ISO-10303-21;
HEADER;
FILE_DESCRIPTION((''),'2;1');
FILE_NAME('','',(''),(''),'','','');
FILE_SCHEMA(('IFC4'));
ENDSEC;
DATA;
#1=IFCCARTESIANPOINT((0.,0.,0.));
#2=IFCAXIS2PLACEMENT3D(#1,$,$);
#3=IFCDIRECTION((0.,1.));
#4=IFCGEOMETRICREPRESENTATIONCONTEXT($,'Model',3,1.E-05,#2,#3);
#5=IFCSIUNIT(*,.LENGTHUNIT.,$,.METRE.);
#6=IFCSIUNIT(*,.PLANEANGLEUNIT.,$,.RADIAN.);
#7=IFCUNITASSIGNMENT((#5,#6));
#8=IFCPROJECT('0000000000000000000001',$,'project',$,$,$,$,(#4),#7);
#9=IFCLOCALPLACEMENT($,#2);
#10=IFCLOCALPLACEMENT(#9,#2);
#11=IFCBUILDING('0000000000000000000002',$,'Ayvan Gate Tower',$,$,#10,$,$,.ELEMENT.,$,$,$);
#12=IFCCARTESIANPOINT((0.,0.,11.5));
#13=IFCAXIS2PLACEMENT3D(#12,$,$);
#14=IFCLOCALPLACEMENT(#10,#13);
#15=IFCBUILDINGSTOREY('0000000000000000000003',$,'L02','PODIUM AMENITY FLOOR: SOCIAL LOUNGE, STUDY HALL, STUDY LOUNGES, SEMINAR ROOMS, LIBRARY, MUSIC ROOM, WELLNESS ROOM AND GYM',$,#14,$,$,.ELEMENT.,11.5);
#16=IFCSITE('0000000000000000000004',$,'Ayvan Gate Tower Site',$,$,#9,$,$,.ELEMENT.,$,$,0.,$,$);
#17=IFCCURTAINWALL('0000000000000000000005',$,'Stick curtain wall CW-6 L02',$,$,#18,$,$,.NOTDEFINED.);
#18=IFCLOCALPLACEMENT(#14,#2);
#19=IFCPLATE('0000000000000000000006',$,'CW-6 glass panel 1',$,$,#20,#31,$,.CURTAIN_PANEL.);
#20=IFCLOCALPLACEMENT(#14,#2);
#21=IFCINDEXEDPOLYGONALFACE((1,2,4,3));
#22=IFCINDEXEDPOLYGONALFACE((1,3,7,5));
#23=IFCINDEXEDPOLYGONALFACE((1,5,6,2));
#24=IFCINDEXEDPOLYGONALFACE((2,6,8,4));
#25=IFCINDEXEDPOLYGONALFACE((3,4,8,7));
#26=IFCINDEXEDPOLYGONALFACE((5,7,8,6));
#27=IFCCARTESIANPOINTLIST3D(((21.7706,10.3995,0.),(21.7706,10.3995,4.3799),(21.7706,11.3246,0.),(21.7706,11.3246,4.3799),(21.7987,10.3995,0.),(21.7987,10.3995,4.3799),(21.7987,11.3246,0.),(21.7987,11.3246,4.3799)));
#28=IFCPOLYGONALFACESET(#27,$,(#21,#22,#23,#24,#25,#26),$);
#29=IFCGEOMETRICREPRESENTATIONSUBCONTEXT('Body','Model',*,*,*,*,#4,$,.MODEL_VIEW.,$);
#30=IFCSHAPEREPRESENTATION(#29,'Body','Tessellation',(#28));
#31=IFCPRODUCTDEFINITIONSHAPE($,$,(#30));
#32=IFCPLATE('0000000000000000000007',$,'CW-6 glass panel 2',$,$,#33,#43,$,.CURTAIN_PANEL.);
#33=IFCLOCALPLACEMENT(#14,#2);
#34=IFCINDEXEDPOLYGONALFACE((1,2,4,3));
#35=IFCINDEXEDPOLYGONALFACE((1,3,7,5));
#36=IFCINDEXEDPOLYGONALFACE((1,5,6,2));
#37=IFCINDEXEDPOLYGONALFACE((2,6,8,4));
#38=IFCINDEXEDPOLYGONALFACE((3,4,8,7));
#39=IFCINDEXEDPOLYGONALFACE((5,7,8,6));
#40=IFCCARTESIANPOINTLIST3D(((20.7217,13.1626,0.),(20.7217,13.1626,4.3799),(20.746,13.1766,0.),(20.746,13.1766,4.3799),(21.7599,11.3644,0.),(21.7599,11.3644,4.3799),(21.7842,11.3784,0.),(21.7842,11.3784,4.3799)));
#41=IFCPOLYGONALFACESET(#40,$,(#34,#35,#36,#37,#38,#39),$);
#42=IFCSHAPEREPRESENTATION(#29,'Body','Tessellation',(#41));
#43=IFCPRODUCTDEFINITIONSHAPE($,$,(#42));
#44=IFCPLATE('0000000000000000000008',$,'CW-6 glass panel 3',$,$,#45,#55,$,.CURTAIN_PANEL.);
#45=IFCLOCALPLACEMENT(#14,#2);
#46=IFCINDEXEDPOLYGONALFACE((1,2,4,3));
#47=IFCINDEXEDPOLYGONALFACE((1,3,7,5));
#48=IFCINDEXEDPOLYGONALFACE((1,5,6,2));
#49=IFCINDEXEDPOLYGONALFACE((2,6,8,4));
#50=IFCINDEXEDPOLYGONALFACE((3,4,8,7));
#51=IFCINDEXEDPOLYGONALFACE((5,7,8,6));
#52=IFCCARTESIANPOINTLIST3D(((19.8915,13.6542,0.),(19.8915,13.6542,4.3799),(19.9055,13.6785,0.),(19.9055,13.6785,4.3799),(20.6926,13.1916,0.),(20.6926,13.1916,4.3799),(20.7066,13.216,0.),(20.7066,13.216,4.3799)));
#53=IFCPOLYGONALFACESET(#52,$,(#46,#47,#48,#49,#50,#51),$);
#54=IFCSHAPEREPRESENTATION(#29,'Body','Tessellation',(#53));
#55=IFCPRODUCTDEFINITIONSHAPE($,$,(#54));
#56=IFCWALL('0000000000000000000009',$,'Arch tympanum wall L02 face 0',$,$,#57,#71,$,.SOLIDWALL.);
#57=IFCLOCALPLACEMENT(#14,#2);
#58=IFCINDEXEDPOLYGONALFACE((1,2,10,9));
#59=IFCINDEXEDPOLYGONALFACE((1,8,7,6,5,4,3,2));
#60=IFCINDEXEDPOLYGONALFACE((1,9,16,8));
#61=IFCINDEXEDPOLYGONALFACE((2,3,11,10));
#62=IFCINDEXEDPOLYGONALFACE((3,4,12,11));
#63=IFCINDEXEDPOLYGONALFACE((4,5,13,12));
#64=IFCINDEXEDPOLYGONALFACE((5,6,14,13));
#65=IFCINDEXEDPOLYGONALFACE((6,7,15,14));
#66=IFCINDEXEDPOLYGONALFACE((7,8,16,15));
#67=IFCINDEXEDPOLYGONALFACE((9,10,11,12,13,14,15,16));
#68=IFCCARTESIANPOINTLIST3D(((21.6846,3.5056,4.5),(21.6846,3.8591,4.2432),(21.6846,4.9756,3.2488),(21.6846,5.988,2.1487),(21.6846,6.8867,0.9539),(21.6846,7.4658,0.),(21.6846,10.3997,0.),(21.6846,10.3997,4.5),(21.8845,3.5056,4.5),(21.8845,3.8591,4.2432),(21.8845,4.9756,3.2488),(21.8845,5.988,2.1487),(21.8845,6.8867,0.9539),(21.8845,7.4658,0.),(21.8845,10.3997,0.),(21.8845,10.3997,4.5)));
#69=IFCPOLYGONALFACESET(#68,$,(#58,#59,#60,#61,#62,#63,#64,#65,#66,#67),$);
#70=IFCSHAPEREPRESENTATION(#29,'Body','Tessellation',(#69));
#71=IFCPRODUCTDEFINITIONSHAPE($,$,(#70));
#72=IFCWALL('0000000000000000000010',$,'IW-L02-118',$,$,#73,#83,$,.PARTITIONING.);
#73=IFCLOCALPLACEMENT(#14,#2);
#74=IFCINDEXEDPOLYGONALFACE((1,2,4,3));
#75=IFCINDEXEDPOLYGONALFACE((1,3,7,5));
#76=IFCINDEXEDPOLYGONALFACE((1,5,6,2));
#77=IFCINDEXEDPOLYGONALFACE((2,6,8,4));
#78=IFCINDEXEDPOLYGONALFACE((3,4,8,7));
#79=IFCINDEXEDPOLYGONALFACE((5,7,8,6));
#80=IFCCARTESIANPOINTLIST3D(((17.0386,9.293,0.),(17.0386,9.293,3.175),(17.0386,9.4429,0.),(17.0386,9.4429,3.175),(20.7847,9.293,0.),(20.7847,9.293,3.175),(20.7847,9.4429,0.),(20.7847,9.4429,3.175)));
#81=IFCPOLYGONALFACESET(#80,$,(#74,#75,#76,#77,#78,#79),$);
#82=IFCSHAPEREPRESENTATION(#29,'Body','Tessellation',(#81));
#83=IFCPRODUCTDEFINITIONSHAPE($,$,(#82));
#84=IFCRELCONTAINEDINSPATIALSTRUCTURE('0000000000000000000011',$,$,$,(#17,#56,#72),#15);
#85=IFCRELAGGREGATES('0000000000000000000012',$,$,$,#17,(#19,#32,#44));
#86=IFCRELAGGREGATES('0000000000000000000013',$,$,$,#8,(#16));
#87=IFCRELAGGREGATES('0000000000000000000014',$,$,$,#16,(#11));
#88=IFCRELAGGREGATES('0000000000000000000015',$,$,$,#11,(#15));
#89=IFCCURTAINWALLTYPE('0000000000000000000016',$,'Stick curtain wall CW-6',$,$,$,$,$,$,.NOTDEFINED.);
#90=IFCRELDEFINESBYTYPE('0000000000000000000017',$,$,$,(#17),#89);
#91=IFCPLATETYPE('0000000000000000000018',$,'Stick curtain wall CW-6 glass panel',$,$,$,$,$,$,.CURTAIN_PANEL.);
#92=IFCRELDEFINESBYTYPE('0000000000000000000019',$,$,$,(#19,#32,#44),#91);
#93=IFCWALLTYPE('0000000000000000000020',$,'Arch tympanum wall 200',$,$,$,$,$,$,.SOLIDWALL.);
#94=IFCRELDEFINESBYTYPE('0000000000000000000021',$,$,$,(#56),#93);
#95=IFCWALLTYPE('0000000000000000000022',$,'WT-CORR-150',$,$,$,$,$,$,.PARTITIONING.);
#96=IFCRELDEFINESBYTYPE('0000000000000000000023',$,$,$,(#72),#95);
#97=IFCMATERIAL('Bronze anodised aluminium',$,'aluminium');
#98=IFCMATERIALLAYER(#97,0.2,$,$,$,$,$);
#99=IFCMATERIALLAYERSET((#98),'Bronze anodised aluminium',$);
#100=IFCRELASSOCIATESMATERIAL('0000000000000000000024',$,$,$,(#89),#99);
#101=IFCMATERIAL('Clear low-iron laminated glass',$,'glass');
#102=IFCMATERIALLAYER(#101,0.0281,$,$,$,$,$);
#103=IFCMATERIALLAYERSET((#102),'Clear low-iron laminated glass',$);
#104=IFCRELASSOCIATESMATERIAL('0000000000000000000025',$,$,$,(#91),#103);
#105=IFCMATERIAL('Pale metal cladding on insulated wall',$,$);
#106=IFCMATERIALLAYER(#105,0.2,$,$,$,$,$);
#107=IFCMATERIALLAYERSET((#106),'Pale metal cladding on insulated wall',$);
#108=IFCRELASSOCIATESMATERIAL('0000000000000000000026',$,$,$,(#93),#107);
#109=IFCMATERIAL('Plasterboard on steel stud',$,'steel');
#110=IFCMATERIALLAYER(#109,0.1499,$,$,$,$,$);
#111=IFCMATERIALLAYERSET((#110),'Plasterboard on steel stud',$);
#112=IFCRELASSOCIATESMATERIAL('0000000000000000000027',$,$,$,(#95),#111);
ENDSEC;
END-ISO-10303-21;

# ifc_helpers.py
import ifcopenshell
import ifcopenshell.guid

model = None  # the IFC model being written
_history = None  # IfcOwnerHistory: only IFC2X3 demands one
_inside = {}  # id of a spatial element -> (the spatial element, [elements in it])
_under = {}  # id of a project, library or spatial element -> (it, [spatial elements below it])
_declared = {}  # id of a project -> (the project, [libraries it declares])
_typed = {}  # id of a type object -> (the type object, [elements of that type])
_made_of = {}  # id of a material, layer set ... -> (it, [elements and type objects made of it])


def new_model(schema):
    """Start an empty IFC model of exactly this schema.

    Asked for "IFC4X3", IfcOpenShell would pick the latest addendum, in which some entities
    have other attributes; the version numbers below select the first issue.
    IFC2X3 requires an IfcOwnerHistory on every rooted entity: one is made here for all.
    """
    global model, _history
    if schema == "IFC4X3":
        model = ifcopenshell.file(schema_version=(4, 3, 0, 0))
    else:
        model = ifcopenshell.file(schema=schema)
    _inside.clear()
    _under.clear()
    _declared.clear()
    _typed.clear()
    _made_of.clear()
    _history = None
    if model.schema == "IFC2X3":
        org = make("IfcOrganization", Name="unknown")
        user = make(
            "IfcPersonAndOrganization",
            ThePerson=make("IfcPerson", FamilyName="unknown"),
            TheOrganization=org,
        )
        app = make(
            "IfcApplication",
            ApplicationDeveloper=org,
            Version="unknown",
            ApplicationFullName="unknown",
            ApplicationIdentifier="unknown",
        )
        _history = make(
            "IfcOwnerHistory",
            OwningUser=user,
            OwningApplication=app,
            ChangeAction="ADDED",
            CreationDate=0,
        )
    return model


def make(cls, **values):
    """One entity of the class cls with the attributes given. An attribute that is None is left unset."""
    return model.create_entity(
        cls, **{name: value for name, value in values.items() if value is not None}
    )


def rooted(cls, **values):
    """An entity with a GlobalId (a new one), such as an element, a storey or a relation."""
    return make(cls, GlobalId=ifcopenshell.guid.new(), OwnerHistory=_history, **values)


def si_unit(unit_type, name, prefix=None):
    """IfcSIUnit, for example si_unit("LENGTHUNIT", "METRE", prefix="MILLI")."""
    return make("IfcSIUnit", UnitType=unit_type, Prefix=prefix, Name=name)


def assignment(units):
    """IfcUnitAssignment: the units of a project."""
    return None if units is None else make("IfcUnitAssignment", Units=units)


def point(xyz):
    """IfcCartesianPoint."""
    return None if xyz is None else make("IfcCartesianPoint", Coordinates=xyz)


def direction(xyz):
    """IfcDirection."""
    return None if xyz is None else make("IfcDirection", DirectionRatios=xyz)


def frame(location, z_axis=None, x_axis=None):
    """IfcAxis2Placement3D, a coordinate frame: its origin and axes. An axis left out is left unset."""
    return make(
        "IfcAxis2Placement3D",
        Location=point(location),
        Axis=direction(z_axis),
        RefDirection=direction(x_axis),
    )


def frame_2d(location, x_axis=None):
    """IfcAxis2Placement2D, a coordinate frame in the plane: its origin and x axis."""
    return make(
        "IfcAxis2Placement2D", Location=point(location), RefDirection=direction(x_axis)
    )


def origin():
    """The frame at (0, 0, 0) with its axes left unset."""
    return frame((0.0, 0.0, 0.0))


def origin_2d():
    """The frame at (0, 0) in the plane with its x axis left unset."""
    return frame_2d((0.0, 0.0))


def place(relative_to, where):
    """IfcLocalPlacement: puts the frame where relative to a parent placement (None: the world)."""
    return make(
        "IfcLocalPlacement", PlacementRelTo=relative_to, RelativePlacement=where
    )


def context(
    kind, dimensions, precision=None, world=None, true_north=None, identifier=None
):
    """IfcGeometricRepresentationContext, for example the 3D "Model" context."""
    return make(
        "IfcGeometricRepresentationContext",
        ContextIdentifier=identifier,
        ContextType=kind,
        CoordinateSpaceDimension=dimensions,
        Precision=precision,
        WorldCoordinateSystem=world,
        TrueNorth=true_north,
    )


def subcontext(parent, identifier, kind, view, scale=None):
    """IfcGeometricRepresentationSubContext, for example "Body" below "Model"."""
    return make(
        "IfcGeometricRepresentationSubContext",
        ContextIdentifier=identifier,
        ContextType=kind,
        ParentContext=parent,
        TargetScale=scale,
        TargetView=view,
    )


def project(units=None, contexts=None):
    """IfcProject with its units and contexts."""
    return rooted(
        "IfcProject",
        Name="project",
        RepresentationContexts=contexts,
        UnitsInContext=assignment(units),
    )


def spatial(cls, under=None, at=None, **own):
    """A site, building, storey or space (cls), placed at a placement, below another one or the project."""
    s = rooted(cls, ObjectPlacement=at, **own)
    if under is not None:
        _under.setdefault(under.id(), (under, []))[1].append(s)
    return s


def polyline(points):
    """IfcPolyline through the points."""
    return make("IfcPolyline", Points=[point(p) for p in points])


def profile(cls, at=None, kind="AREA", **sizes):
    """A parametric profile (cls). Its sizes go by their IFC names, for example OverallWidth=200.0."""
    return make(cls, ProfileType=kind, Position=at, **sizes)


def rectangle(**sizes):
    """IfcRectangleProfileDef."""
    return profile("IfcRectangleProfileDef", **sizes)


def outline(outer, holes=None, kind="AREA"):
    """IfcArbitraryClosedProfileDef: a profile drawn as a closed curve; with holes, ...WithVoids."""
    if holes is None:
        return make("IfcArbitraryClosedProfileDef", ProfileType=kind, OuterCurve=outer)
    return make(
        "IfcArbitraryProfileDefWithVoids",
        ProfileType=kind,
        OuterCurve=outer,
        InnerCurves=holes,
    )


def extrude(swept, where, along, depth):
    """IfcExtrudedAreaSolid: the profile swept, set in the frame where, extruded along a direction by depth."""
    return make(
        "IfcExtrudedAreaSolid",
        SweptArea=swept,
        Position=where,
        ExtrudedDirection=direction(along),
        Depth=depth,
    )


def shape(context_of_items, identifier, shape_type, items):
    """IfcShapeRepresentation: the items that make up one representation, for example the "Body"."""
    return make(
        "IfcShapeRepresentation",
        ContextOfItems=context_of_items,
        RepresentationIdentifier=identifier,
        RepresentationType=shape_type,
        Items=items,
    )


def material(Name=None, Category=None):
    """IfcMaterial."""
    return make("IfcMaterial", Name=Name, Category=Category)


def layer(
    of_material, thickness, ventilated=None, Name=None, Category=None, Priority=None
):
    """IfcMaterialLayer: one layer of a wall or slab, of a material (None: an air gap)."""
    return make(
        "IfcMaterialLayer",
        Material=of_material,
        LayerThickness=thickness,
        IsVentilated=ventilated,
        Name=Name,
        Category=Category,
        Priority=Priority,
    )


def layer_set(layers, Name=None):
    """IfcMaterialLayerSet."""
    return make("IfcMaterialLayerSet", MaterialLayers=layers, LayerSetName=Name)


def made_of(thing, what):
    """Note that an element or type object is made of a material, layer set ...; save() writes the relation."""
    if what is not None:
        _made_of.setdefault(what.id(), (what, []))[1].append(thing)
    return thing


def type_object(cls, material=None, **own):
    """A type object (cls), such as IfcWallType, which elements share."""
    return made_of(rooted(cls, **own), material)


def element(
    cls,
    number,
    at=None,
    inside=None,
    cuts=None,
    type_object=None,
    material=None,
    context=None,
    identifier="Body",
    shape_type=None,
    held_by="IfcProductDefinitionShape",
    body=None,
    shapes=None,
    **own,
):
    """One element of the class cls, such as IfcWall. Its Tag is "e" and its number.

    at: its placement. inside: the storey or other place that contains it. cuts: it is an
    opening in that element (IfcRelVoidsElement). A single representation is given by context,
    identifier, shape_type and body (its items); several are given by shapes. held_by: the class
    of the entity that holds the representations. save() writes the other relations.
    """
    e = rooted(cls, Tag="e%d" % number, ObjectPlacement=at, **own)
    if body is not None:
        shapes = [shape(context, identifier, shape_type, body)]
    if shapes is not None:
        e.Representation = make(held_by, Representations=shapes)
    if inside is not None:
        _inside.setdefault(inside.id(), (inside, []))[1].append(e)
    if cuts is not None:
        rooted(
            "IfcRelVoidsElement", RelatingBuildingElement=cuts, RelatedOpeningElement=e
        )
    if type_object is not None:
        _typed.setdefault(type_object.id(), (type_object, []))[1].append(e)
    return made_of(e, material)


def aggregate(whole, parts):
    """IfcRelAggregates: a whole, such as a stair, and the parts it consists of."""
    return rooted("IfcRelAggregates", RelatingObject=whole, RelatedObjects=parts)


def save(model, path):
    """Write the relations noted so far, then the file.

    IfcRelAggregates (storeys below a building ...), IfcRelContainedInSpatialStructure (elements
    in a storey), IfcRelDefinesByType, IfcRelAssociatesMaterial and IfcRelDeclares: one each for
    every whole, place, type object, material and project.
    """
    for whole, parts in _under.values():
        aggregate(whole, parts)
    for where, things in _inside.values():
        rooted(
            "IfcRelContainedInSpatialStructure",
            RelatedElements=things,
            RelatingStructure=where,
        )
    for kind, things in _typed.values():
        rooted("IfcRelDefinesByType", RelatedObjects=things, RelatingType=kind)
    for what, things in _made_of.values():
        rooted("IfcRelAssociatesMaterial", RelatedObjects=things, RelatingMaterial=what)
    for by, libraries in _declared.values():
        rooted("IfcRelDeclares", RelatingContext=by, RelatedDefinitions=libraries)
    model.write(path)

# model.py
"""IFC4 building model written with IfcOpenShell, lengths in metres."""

from ifc_helpers import new_model, si_unit, direction, frame, frame_2d, origin, origin_2d, place, context, subcontext, project, spatial, polyline, rectangle, outline, extrude, material, layer, layer_set, type_object, element, aggregate, save


model = new_model("IFC4")

# Units and contexts
model_context = context("Model", 3, precision=1e-05, world=origin(), true_north=direction((0.0, 1.0)))
body_context = subcontext(model_context, "Body", "Model", "MODEL_VIEW")
ifc_project = project(units=[si_unit("LENGTHUNIT", "METRE"), si_unit("PLANEANGLEUNIT", "RADIAN")], contexts=[model_context])

# Site, building, storey
site_placement = place(None, origin())
site = spatial("IfcSite", under=ifc_project, at=site_placement, Name="Ayvan Gate Tower Site", CompositionType="ELEMENT", RefElevation=0.0)
building_placement = place(site_placement, origin())
building = spatial("IfcBuilding", under=site, at=building_placement, Name="Ayvan Gate Tower", CompositionType="ELEMENT")
storey_placement = place(building_placement, frame((0.0, 0.0, 11.5)))
storey = spatial("IfcBuildingStorey", under=building, at=storey_placement, Name="L02", Description="PODIUM AMENITY FLOOR: SOCIAL LOUNGE, STUDY HALL, STUDY LOUNGES, SEMINAR ROOMS, LIBRARY, MUSIC ROOM, WELLNESS ROOM AND GYM", CompositionType="ELEMENT", Elevation=11.5)

# Shared definitions
ifc_material_1 = material(Name="Bronze anodised aluminium", Category="aluminium")

# Curtain wall, plates
ifc_layer_1 = layer(ifc_material_1, 0.2)
ifc_layer_set_1 = layer_set([ifc_layer_1], Name="Bronze anodised aluminium")
curtain_wall_type_1 = type_object("IfcCurtainWallType", Name="Stick curtain wall CW-6", PredefinedType="NOTDEFINED", material=ifc_layer_set_1)
curtain_wall_1_placement = place(storey_placement, origin())
curtain_wall_1 = element("IfcCurtainWall", 1, at=curtain_wall_1_placement, inside=storey, type_object=curtain_wall_type_1, Name="Stick curtain wall CW-6 L02", PredefinedType="NOTDEFINED")
ifc_material_2 = material(Name="Clear low-iron laminated glass", Category="glass")
ifc_layer_2 = layer(ifc_material_2, 0.0281)
ifc_layer_set_2 = layer_set([ifc_layer_2], Name="Clear low-iron laminated glass")
plate_type = type_object("IfcPlateType", Name="Stick curtain wall CW-6 glass panel", PredefinedType="CURTAIN_PANEL", material=ifc_layer_set_2)
plate_1_placement = place(storey_placement, frame((21.7847, 10.8621, 0.0), z_axis=(0.0, 0.0, 1.0), x_axis=(0.0, 1.0, 0.0)))
plate_1 = element("IfcPlate", 2, at=plate_1_placement, type_object=plate_type, Name="CW-6 glass panel 1", PredefinedType="CURTAIN_PANEL", context=body_context, shape_type="SweptSolid", body=[
    extrude(rectangle(XDim=0.925, YDim=0.0281, at=origin_2d()), origin(), (0.0, 0.0, 1.0), 4.3799),
])
plate_2_placement = place(storey_placement, frame((21.2529, 12.2705, 0.0), z_axis=(0.0, 0.0, 1.0), x_axis=(-0.5, 0.866025, 0.0)))
plate_2 = element("IfcPlate", 3, at=plate_2_placement, type_object=plate_type, Name="CW-6 glass panel 2", PredefinedType="CURTAIN_PANEL", context=body_context, shape_type="SweptSolid", body=[
    extrude(rectangle(XDim=2.0764, YDim=0.0281, at=origin_2d()), origin(), (0.0, 0.0, 1.0), 4.3799),
])
plate_3_placement = place(storey_placement, frame((20.2991, 13.4351, 0.0), z_axis=(0.0, 0.0, 1.0), x_axis=(-0.866025, 0.5, 0.0)))
plate_3 = element("IfcPlate", 4, at=plate_3_placement, type_object=plate_type, Name="CW-6 glass panel 3", PredefinedType="CURTAIN_PANEL", context=body_context, shape_type="SweptSolid", body=[
    extrude(rectangle(XDim=0.925, YDim=0.0281, at=origin_2d()), origin(), (0.0, 0.0, 1.0), 4.3799),
])
aggregate(curtain_wall_1, [plate_1, plate_2, plate_3])

# Walls
ifc_material_3 = material(Name="Pale metal cladding on insulated wall")
ifc_layer_3 = layer(ifc_material_3, 0.2)
ifc_layer_set_3 = layer_set([ifc_layer_3], Name="Pale metal cladding on insulated wall")
wall_type_1 = type_object("IfcWallType", Name="Arch tympanum wall 200", PredefinedType="SOLIDWALL", material=ifc_layer_set_3)
wall_1_placement = place(storey_placement, frame((21.6846, 10.3997, 0.0), z_axis=(-1.0, 0.0, 0.0), x_axis=(0.0, -1.0, 0.0)))
element("IfcWall", 5, at=wall_1_placement, inside=storey, type_object=wall_type_1, Name="Arch tympanum wall L02 face 0", PredefinedType="SOLIDWALL", context=body_context, shape_type="SweptSolid", body=[
    extrude(outline(polyline([(0.0, 0.0), (2.9338, 0.0), (3.5129, 0.9539), (4.4116, 2.1487), (5.4241, 3.2488), (6.5405, 4.2432), (6.894, 4.5), (0.0, 4.5), (0.0, 0.0)])), origin(), (0.0, 0.0, -1.0), 0.2),
])
ifc_material_4 = material(Name="Plasterboard on steel stud", Category="steel")
ifc_layer_4 = layer(ifc_material_4, 0.1499)
ifc_layer_set_4 = layer_set([ifc_layer_4], Name="Plasterboard on steel stud")
wall_type_2 = type_object("IfcWallType", Name="WT-CORR-150", PredefinedType="PARTITIONING", material=ifc_layer_set_4)
wall_2_placement = place(storey_placement, frame((20.7847, 9.3679, 0.0), z_axis=(0.0, 0.0, 1.0), x_axis=(-1.0, 0.0, 0.0)))
element("IfcWall", 6, at=wall_2_placement, inside=storey, type_object=wall_type_2, Name="IW-L02-118", PredefinedType="PARTITIONING", context=body_context, shape_type="SweptSolid", body=[
    extrude(rectangle(XDim=3.7461, YDim=0.1499, at=frame_2d((1.873, 0.0))), origin(), (0.0, 0.0, 1.0), 3.175),
])

save(model, "model.ifc")
